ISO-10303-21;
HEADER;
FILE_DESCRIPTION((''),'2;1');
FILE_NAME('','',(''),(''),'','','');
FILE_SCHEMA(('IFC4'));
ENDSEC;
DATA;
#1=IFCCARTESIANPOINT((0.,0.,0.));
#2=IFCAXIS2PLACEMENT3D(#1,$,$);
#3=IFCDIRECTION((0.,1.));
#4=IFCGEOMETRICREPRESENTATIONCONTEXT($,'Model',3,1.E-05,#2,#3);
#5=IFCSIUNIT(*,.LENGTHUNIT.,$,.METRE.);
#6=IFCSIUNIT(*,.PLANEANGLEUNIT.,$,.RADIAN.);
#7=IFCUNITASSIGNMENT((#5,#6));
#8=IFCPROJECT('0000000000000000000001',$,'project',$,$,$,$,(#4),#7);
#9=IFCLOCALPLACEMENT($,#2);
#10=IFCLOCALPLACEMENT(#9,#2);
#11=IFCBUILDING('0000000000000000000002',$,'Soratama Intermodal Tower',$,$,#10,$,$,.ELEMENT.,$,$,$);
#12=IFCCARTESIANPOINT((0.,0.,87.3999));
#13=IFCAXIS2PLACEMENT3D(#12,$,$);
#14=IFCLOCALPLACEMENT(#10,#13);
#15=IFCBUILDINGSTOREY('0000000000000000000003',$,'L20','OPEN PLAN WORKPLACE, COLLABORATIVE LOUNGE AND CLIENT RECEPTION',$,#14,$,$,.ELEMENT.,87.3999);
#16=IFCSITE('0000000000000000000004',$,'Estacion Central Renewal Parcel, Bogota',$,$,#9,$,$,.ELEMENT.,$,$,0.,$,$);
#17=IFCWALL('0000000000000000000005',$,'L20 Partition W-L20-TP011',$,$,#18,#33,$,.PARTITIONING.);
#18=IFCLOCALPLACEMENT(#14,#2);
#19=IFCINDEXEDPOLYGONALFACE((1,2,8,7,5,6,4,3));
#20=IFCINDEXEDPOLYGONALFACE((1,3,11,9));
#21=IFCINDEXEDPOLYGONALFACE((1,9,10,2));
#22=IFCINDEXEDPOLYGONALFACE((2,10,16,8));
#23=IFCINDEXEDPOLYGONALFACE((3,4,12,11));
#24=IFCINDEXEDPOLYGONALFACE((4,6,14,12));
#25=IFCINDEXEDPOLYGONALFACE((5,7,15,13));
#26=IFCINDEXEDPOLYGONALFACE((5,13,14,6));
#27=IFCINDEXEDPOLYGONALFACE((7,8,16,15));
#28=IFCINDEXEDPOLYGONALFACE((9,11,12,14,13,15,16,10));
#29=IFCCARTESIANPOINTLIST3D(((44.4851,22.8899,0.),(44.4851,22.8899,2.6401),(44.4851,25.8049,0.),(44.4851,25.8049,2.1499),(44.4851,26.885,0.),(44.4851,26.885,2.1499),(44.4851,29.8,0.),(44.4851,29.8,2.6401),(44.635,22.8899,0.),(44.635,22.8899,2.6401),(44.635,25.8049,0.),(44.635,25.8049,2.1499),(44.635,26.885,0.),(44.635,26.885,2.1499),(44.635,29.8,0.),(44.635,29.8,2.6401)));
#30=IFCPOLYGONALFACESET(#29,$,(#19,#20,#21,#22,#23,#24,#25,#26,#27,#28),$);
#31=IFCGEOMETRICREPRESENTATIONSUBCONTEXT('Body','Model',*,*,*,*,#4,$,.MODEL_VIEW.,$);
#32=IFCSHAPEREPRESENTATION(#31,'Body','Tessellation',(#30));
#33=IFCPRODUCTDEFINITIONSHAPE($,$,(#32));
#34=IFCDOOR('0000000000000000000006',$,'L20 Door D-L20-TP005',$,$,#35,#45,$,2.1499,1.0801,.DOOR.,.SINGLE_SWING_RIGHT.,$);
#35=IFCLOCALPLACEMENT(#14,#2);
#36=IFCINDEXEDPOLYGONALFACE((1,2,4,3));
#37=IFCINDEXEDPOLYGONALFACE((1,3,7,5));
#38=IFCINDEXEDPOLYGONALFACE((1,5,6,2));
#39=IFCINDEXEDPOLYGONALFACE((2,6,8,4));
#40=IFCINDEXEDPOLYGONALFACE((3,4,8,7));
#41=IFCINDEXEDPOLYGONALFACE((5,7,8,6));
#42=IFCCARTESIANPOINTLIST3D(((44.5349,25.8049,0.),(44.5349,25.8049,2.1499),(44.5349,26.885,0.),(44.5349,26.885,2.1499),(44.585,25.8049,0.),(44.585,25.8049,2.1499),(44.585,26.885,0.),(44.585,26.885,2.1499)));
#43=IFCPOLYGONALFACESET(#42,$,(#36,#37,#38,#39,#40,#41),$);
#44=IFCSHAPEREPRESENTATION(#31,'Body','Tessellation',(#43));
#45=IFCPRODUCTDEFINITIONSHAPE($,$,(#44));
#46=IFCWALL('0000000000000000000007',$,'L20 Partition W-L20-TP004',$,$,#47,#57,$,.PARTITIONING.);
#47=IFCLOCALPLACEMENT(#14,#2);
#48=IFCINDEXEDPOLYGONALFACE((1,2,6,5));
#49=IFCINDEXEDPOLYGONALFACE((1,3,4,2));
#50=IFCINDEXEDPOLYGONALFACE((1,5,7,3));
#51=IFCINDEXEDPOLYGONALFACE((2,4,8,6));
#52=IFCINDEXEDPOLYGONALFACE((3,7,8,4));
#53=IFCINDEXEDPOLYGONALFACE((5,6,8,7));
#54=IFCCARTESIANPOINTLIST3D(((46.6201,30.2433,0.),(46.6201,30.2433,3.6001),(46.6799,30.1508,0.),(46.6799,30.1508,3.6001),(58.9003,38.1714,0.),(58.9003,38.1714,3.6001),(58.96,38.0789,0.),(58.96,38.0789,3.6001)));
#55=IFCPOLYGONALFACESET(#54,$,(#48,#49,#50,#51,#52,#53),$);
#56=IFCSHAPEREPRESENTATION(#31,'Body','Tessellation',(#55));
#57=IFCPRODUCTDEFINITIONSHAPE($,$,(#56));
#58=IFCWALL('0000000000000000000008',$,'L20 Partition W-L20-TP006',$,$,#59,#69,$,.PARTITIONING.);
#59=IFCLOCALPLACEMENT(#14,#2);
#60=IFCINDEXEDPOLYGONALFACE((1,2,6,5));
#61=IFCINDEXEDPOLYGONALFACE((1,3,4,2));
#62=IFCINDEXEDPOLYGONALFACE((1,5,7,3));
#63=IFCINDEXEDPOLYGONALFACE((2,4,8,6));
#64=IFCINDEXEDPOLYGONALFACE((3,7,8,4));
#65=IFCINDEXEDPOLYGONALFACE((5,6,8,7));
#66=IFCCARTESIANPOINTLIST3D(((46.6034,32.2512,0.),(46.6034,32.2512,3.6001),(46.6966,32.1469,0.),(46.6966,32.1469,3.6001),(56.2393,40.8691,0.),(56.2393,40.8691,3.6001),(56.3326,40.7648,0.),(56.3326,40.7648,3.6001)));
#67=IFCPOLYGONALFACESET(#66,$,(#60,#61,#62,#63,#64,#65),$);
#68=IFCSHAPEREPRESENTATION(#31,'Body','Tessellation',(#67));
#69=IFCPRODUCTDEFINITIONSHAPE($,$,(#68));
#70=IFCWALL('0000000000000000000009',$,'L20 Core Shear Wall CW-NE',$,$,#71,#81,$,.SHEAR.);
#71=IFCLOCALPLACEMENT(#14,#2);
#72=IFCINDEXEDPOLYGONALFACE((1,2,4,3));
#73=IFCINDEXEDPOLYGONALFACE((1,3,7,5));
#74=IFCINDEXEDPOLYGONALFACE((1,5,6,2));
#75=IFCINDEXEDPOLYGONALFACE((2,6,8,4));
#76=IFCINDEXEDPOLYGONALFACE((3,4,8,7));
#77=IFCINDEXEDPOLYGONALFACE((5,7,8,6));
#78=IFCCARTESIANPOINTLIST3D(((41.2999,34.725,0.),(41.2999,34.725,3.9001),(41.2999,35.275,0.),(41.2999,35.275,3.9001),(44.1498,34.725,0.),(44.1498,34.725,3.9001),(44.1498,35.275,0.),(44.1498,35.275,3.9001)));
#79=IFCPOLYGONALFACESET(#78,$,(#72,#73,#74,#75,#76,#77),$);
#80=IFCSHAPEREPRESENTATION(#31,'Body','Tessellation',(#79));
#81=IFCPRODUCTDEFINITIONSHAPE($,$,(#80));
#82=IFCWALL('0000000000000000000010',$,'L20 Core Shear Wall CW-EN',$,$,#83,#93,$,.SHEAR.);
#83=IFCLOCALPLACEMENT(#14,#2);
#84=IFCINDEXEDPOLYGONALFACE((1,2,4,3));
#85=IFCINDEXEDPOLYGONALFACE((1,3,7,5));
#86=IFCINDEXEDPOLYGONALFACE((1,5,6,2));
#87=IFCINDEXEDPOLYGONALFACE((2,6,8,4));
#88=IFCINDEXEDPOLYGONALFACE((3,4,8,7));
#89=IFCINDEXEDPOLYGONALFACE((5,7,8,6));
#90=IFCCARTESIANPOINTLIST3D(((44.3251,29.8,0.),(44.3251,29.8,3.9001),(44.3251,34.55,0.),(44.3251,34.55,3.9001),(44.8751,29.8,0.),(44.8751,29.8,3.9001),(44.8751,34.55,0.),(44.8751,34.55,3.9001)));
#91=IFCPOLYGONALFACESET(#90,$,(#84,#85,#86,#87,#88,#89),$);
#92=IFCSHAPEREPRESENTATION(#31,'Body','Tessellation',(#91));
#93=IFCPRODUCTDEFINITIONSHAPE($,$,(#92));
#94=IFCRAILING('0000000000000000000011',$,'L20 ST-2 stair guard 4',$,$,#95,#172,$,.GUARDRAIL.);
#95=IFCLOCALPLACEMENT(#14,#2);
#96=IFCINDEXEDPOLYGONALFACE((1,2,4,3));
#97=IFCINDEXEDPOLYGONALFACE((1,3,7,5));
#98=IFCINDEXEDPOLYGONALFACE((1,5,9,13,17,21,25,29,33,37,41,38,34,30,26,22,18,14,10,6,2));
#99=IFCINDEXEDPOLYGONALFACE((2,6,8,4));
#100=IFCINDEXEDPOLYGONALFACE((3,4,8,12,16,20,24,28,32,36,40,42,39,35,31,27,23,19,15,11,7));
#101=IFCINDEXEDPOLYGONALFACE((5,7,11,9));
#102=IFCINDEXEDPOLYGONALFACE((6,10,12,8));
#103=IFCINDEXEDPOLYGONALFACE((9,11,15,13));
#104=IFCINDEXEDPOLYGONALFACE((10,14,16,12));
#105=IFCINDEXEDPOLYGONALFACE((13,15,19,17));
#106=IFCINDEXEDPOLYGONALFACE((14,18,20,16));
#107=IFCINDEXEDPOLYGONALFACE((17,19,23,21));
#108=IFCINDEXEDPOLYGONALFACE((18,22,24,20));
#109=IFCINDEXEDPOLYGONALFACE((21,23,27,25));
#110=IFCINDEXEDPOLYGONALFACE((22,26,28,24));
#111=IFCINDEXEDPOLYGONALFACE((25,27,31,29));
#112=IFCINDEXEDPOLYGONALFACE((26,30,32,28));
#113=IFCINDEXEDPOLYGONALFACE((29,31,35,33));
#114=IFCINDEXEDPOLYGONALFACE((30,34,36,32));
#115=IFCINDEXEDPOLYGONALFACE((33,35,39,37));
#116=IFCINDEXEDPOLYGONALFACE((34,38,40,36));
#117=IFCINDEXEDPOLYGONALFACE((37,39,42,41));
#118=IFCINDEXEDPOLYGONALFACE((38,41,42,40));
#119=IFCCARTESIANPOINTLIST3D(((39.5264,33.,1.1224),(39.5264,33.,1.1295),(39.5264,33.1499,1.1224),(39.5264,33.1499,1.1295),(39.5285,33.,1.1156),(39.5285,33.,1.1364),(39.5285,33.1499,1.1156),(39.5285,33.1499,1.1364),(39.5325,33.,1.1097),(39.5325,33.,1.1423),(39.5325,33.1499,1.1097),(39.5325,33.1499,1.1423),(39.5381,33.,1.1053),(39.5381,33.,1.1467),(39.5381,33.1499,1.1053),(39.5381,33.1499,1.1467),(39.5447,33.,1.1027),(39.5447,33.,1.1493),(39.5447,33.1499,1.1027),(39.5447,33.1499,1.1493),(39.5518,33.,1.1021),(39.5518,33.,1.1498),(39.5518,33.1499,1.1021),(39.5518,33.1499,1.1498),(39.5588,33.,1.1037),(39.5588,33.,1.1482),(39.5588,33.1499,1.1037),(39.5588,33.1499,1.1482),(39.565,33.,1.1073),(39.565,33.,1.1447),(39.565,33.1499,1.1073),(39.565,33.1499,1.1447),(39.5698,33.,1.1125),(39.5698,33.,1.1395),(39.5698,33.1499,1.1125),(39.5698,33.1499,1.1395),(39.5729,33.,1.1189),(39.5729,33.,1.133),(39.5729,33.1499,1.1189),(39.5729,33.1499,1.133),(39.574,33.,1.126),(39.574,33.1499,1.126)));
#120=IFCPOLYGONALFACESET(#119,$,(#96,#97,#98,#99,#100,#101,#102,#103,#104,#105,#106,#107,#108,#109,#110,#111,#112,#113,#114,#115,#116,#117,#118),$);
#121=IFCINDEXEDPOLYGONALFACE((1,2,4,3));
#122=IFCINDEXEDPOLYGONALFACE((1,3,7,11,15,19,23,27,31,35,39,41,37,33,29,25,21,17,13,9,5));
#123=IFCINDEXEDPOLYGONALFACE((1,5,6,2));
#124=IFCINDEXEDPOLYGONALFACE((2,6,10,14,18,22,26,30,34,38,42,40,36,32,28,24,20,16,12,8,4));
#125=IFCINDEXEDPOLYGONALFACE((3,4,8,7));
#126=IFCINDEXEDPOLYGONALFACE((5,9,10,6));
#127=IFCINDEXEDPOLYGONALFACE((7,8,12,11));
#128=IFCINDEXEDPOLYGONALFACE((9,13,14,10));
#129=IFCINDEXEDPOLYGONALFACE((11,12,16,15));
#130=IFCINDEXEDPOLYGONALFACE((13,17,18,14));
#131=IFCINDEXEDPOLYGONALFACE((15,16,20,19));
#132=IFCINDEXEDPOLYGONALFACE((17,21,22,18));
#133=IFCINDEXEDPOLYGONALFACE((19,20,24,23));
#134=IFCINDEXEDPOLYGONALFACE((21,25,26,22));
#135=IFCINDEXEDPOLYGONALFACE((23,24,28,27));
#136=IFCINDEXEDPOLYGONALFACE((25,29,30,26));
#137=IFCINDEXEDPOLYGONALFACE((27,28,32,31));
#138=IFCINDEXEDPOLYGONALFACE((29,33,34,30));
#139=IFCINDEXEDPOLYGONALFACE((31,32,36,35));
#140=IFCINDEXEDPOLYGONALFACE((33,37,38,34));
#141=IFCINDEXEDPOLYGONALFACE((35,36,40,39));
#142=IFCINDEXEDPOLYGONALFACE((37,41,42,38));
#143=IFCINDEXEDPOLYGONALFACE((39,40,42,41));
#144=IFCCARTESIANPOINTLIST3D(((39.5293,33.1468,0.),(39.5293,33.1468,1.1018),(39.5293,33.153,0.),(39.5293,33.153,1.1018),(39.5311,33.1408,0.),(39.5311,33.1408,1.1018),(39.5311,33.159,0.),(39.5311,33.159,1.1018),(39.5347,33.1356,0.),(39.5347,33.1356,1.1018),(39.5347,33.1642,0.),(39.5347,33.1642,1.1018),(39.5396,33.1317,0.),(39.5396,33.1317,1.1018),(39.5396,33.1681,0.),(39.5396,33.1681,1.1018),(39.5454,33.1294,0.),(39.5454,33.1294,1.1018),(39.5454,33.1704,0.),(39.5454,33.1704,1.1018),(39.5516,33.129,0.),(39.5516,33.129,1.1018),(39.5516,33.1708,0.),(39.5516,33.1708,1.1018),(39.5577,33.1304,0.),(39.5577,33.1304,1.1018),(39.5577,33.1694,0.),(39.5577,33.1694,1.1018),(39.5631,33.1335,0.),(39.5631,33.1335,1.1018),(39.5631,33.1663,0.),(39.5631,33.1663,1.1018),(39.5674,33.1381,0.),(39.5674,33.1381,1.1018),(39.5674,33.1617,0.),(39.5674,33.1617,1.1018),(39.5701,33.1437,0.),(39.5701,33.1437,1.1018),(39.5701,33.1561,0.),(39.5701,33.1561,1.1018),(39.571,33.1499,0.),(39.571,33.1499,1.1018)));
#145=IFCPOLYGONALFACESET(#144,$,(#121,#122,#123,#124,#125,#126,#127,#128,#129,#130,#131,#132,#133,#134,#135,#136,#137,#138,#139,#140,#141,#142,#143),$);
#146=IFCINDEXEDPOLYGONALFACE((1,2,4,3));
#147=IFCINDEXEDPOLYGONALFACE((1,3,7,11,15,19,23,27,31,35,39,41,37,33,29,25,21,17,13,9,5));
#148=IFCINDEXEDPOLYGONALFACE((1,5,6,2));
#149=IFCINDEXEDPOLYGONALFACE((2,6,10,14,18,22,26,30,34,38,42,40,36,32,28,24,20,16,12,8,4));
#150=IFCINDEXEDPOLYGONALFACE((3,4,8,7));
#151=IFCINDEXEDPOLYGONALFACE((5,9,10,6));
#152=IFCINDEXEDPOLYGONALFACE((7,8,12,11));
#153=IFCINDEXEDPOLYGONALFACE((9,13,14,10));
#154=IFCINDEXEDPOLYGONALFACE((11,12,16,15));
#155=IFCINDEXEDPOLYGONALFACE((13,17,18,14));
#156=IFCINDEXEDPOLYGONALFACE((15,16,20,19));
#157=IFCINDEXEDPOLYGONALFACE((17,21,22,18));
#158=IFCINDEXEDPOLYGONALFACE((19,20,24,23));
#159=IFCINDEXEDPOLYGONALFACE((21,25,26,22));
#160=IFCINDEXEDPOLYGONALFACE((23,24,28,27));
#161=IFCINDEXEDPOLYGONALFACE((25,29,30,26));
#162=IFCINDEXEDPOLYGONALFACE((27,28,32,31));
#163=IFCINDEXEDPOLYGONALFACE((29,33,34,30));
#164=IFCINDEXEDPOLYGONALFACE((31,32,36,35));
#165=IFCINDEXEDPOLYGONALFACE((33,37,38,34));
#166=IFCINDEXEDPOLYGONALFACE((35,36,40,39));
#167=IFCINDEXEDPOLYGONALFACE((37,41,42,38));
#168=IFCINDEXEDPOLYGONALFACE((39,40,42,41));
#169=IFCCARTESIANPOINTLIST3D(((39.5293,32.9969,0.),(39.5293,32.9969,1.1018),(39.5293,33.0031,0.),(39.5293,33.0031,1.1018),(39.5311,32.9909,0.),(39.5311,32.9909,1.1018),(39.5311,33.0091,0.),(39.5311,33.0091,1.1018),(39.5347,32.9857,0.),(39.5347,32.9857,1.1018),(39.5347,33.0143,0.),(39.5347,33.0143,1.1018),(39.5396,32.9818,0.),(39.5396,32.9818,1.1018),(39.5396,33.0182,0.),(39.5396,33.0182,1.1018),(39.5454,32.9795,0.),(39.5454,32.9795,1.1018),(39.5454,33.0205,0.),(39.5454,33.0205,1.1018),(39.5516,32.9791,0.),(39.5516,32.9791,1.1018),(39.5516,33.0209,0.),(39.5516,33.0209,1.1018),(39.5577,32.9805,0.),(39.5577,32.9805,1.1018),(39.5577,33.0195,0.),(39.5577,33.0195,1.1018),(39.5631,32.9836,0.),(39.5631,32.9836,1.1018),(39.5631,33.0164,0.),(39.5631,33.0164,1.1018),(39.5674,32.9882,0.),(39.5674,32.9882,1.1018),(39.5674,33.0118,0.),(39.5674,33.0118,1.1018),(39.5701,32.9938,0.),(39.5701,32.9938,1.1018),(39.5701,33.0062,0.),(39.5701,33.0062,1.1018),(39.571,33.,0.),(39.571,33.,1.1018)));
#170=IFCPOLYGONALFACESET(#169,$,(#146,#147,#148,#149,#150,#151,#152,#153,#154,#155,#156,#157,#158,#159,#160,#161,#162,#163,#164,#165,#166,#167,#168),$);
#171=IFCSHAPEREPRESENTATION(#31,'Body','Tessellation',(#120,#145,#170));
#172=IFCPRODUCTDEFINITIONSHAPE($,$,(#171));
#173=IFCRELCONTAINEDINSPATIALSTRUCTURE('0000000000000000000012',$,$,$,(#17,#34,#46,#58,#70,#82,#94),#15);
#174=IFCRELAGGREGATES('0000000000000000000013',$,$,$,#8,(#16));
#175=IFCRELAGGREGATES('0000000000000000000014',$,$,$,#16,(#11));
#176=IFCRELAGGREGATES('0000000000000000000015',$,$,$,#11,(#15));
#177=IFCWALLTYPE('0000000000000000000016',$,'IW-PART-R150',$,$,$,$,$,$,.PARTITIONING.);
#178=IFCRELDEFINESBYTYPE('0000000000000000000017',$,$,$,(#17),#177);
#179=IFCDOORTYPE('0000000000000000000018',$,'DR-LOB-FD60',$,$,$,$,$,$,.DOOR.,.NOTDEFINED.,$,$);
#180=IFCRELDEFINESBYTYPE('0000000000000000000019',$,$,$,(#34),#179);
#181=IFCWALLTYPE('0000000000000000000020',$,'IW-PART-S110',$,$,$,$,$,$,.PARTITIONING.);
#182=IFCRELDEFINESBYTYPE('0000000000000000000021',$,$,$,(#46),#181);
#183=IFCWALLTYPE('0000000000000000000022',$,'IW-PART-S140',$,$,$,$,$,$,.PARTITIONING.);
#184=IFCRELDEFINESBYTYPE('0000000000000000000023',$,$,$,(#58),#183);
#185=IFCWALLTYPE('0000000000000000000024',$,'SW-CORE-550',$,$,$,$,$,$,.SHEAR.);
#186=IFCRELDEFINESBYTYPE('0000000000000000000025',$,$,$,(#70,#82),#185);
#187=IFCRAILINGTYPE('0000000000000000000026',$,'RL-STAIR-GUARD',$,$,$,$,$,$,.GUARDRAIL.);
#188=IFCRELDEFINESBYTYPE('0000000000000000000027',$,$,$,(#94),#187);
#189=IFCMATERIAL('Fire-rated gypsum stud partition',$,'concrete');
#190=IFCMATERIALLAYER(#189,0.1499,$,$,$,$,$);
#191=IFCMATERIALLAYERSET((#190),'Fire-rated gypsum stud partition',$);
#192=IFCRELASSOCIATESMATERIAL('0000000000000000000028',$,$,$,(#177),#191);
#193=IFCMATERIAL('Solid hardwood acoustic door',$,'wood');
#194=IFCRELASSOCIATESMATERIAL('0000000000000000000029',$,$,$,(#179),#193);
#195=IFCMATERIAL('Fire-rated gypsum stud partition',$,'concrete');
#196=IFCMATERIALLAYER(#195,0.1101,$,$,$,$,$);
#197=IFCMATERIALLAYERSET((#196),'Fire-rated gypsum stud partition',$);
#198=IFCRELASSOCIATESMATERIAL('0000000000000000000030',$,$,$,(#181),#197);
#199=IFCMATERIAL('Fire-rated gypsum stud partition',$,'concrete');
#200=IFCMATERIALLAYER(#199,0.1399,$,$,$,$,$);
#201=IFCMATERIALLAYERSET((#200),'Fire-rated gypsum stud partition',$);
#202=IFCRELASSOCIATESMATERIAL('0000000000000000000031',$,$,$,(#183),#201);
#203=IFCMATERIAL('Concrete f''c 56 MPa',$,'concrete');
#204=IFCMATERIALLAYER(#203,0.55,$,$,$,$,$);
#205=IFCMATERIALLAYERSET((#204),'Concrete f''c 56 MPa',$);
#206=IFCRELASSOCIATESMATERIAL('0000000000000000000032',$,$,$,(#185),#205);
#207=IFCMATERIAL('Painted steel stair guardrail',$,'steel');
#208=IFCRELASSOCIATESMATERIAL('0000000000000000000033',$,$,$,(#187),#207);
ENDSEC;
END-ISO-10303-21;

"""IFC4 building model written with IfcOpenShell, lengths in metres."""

from ifc_helpers import new_model, si_unit, direction, frame, frame_2d, origin, origin_2d, place, context, subcontext, project, spatial, rectangle, circle, extrude, material, layer, layer_set, type_object, element, fill, save


model = new_model("IFC4")

# Units and contexts
model_context = context("Model", 3, precision=1e-05, world=origin(), true_north=direction((0.0, 1.0)))
body_context = subcontext(model_context, "Body", "Model", "MODEL_VIEW")
ifc_project = project(units=[si_unit("LENGTHUNIT", "METRE"), si_unit("PLANEANGLEUNIT", "RADIAN")], contexts=[model_context])

# Site, building, storey
site_placement = place(None, origin())
site = spatial("IfcSite", under=ifc_project, at=site_placement, Name="Estacion Central Renewal Parcel, Bogota", CompositionType="ELEMENT", RefElevation=0.0)
building_placement = place(site_placement, origin())
building = spatial("IfcBuilding", under=site, at=building_placement, Name="Soratama Intermodal Tower", CompositionType="ELEMENT")
storey_placement = place(building_placement, frame((0.0, 0.0, 87.3999)))
storey = spatial("IfcBuildingStorey", under=building, at=storey_placement, Name="L20", Description="OPEN PLAN WORKPLACE, COLLABORATIVE LOUNGE AND CLIENT RECEPTION", CompositionType="ELEMENT", Elevation=87.3999)

# Wall, opening, door
ifc_material_1 = material(Name="Fire-rated gypsum stud partition", Category="concrete")
ifc_layer_1 = layer(ifc_material_1, 0.1499)
ifc_layer_set_1 = layer_set([ifc_layer_1], Name="Fire-rated gypsum stud partition")
wall_type_1 = type_object("IfcWallType", Name="IW-PART-R150", PredefinedType="PARTITIONING", material=ifc_layer_set_1)
wall_1_placement = place(storey_placement, frame((44.5601, 29.8, 0.0), z_axis=(0.0, 0.0, 1.0), x_axis=(0.0, -1.0, 0.0)))
wall_1 = element("IfcWall", 1, at=wall_1_placement, inside=storey, type_object=wall_type_1, Name="L20 Partition W-L20-TP011", PredefinedType="PARTITIONING", context=body_context, shape_type="SweptSolid", body=[
    extrude(rectangle(XDim=6.9102, YDim=0.1499, at=frame_2d((3.4551, 0.0))), origin(), (0.0, 0.0, 1.0), 2.6401),
])
opening_1_placement = place(wall_1_placement, frame((2.915, 0.0, 0.0)))
opening_1 = element("IfcOpeningElement", 2, at=opening_1_placement, cuts=wall_1, PredefinedType="OPENING", context=body_context, shape_type="SweptSolid", body=[
    extrude(rectangle(XDim=1.0801, YDim=2.1499, at=frame_2d((0.54, 1.075))), frame((0.0, 0.085, 0.0), z_axis=(0.0, -1.0, 0.0), x_axis=(1.0, 0.0, 0.0)), (0.0, 0.0, 1.0), 0.1699),
])
ifc_material_2 = material(Name="Solid hardwood acoustic door", Category="wood")
door_type_1 = type_object("IfcDoorType", Name="DR-LOB-FD60", OperationType="NOTDEFINED", PredefinedType="DOOR", material=ifc_material_2)
door_1_placement = place(opening_1_placement, origin())
door_1 = element("IfcDoor", 3, at=door_1_placement, inside=storey, type_object=door_type_1, Name="L20 Door D-L20-TP005", OperationType="SINGLE_SWING_RIGHT", OverallHeight=2.1499, OverallWidth=1.0801, PredefinedType="DOOR", context=body_context, shape_type="SweptSolid", body=[
    extrude(rectangle(XDim=1.0801, YDim=2.1499, at=frame_2d((0.54, 1.075))), frame((0.0, 0.0249, 0.0), z_axis=(0.0, -1.0, 0.0), x_axis=(1.0, 0.0, 0.0)), (0.0, 0.0, 1.0), 0.05),
])
fill(opening_1, door_1)

# Walls
ifc_material_3 = material(Name="Fire-rated gypsum stud partition", Category="concrete")
ifc_layer_2 = layer(ifc_material_3, 0.1101)
ifc_layer_set_2 = layer_set([ifc_layer_2], Name="Fire-rated gypsum stud partition")
wall_type_2 = type_object("IfcWallType", Name="IW-PART-S110", PredefinedType="PARTITIONING", material=ifc_layer_set_2)
wall_2_placement = place(storey_placement, frame((46.6499, 30.197, 0.0), z_axis=(0.0, 0.0, 1.0), x_axis=(0.840129, 0.542387, 0.0)))
element("IfcWall", 4, at=wall_2_placement, inside=storey, type_object=wall_type_2, Name="L20 Partition W-L20-TP004", PredefinedType="PARTITIONING", context=body_context, shape_type="SweptSolid", body=[
    extrude(rectangle(XDim=14.6169, YDim=0.1101, at=frame_2d((7.3086, 0.0))), origin(), (0.0, 0.0, 1.0), 3.6001),
])
ifc_material_4 = material(Name="Fire-rated gypsum stud partition", Category="concrete")
ifc_layer_3 = layer(ifc_material_4, 0.1399)
ifc_layer_set_3 = layer_set([ifc_layer_3], Name="Fire-rated gypsum stud partition")
wall_type_3 = type_object("IfcWallType", Name="IW-PART-S140", PredefinedType="PARTITIONING", material=ifc_layer_set_3)
wall_3_placement = place(storey_placement, frame((46.6499, 32.199, 0.0), z_axis=(0.0, 0.0, 1.0), x_axis=(0.745386, 0.666634, 0.0)))
element("IfcWall", 5, at=wall_3_placement, inside=storey, type_object=wall_type_3, Name="L20 Partition W-L20-TP006", PredefinedType="PARTITIONING", context=body_context, shape_type="SweptSolid", body=[
    extrude(rectangle(XDim=12.9275, YDim=0.1399, at=frame_2d((6.4639, 0.0))), origin(), (0.0, 0.0, 1.0), 3.6001),
])
ifc_material_5 = material(Name="Concrete f'c 56 MPa", Category="concrete")
ifc_layer_4 = layer(ifc_material_5, 0.55)
ifc_layer_set_4 = layer_set([ifc_layer_4], Name="Concrete f'c 56 MPa")
wall_type_4 = type_object("IfcWallType", Name="SW-CORE-550", PredefinedType="SHEAR", material=ifc_layer_set_4)
wall_4_placement = place(storey_placement, frame((41.3, 35.0, 0.0), z_axis=(0.0, 0.0, 1.0), x_axis=(1.0, 0.0, 0.0)))
element("IfcWall", 6, at=wall_4_placement, inside=storey, type_object=wall_type_4, Name="L20 Core Shear Wall CW-NE", PredefinedType="SHEAR", context=body_context, shape_type="SweptSolid", body=[
    extrude(rectangle(XDim=2.8499, YDim=0.55, at=frame_2d((1.4248, 0.0))), origin(), (0.0, 0.0, 1.0), 3.9001),
])
wall_5_placement = place(storey_placement, frame((44.6001, 29.8, 0.0), z_axis=(0.0, 0.0, 1.0), x_axis=(0.0, 1.0, 0.0)))
element("IfcWall", 7, at=wall_5_placement, inside=storey, type_object=wall_type_4, Name="L20 Core Shear Wall CW-EN", PredefinedType="SHEAR", context=body_context, shape_type="SweptSolid", body=[
    extrude(rectangle(XDim=4.75, YDim=0.55, at=frame_2d((2.375, 0.0))), origin(), (0.0, 0.0, 1.0), 3.9001),
])

# Railing
ifc_material_6 = material(Name="Painted steel stair guardrail", Category="steel")
railing_type_1 = type_object("IfcRailingType", Name="RL-STAIR-GUARD", PredefinedType="GUARDRAIL", material=ifc_material_6)
railing_1_placement = place(storey_placement, frame((39.55, 33.1499, 0.0)))
element("IfcRailing", 8, at=railing_1_placement, inside=storey, type_object=railing_type_1, Name="L20 ST-2 stair guard 4", PredefinedType="GUARDRAIL", context=body_context, shape_type="SweptSolid", body=[
    extrude(circle(Radius=0.0239, at=origin_2d()), frame((0.0, 0.0, 1.126), z_axis=(0.0, -1.0, 0.0), x_axis=(1.0, 0.0, 0.0)), (0.0, 0.0, 1.0), 0.1499),
    extrude(circle(Radius=0.021, at=origin_2d()), origin(), (0.0, 0.0, 1.0), 1.1018),
    extrude(circle(Radius=0.021, at=origin_2d()), frame((0.0, -0.1499, 0.0)), (0.0, 0.0, 1.0), 1.1018),
])

save(model, "model.ifc")
